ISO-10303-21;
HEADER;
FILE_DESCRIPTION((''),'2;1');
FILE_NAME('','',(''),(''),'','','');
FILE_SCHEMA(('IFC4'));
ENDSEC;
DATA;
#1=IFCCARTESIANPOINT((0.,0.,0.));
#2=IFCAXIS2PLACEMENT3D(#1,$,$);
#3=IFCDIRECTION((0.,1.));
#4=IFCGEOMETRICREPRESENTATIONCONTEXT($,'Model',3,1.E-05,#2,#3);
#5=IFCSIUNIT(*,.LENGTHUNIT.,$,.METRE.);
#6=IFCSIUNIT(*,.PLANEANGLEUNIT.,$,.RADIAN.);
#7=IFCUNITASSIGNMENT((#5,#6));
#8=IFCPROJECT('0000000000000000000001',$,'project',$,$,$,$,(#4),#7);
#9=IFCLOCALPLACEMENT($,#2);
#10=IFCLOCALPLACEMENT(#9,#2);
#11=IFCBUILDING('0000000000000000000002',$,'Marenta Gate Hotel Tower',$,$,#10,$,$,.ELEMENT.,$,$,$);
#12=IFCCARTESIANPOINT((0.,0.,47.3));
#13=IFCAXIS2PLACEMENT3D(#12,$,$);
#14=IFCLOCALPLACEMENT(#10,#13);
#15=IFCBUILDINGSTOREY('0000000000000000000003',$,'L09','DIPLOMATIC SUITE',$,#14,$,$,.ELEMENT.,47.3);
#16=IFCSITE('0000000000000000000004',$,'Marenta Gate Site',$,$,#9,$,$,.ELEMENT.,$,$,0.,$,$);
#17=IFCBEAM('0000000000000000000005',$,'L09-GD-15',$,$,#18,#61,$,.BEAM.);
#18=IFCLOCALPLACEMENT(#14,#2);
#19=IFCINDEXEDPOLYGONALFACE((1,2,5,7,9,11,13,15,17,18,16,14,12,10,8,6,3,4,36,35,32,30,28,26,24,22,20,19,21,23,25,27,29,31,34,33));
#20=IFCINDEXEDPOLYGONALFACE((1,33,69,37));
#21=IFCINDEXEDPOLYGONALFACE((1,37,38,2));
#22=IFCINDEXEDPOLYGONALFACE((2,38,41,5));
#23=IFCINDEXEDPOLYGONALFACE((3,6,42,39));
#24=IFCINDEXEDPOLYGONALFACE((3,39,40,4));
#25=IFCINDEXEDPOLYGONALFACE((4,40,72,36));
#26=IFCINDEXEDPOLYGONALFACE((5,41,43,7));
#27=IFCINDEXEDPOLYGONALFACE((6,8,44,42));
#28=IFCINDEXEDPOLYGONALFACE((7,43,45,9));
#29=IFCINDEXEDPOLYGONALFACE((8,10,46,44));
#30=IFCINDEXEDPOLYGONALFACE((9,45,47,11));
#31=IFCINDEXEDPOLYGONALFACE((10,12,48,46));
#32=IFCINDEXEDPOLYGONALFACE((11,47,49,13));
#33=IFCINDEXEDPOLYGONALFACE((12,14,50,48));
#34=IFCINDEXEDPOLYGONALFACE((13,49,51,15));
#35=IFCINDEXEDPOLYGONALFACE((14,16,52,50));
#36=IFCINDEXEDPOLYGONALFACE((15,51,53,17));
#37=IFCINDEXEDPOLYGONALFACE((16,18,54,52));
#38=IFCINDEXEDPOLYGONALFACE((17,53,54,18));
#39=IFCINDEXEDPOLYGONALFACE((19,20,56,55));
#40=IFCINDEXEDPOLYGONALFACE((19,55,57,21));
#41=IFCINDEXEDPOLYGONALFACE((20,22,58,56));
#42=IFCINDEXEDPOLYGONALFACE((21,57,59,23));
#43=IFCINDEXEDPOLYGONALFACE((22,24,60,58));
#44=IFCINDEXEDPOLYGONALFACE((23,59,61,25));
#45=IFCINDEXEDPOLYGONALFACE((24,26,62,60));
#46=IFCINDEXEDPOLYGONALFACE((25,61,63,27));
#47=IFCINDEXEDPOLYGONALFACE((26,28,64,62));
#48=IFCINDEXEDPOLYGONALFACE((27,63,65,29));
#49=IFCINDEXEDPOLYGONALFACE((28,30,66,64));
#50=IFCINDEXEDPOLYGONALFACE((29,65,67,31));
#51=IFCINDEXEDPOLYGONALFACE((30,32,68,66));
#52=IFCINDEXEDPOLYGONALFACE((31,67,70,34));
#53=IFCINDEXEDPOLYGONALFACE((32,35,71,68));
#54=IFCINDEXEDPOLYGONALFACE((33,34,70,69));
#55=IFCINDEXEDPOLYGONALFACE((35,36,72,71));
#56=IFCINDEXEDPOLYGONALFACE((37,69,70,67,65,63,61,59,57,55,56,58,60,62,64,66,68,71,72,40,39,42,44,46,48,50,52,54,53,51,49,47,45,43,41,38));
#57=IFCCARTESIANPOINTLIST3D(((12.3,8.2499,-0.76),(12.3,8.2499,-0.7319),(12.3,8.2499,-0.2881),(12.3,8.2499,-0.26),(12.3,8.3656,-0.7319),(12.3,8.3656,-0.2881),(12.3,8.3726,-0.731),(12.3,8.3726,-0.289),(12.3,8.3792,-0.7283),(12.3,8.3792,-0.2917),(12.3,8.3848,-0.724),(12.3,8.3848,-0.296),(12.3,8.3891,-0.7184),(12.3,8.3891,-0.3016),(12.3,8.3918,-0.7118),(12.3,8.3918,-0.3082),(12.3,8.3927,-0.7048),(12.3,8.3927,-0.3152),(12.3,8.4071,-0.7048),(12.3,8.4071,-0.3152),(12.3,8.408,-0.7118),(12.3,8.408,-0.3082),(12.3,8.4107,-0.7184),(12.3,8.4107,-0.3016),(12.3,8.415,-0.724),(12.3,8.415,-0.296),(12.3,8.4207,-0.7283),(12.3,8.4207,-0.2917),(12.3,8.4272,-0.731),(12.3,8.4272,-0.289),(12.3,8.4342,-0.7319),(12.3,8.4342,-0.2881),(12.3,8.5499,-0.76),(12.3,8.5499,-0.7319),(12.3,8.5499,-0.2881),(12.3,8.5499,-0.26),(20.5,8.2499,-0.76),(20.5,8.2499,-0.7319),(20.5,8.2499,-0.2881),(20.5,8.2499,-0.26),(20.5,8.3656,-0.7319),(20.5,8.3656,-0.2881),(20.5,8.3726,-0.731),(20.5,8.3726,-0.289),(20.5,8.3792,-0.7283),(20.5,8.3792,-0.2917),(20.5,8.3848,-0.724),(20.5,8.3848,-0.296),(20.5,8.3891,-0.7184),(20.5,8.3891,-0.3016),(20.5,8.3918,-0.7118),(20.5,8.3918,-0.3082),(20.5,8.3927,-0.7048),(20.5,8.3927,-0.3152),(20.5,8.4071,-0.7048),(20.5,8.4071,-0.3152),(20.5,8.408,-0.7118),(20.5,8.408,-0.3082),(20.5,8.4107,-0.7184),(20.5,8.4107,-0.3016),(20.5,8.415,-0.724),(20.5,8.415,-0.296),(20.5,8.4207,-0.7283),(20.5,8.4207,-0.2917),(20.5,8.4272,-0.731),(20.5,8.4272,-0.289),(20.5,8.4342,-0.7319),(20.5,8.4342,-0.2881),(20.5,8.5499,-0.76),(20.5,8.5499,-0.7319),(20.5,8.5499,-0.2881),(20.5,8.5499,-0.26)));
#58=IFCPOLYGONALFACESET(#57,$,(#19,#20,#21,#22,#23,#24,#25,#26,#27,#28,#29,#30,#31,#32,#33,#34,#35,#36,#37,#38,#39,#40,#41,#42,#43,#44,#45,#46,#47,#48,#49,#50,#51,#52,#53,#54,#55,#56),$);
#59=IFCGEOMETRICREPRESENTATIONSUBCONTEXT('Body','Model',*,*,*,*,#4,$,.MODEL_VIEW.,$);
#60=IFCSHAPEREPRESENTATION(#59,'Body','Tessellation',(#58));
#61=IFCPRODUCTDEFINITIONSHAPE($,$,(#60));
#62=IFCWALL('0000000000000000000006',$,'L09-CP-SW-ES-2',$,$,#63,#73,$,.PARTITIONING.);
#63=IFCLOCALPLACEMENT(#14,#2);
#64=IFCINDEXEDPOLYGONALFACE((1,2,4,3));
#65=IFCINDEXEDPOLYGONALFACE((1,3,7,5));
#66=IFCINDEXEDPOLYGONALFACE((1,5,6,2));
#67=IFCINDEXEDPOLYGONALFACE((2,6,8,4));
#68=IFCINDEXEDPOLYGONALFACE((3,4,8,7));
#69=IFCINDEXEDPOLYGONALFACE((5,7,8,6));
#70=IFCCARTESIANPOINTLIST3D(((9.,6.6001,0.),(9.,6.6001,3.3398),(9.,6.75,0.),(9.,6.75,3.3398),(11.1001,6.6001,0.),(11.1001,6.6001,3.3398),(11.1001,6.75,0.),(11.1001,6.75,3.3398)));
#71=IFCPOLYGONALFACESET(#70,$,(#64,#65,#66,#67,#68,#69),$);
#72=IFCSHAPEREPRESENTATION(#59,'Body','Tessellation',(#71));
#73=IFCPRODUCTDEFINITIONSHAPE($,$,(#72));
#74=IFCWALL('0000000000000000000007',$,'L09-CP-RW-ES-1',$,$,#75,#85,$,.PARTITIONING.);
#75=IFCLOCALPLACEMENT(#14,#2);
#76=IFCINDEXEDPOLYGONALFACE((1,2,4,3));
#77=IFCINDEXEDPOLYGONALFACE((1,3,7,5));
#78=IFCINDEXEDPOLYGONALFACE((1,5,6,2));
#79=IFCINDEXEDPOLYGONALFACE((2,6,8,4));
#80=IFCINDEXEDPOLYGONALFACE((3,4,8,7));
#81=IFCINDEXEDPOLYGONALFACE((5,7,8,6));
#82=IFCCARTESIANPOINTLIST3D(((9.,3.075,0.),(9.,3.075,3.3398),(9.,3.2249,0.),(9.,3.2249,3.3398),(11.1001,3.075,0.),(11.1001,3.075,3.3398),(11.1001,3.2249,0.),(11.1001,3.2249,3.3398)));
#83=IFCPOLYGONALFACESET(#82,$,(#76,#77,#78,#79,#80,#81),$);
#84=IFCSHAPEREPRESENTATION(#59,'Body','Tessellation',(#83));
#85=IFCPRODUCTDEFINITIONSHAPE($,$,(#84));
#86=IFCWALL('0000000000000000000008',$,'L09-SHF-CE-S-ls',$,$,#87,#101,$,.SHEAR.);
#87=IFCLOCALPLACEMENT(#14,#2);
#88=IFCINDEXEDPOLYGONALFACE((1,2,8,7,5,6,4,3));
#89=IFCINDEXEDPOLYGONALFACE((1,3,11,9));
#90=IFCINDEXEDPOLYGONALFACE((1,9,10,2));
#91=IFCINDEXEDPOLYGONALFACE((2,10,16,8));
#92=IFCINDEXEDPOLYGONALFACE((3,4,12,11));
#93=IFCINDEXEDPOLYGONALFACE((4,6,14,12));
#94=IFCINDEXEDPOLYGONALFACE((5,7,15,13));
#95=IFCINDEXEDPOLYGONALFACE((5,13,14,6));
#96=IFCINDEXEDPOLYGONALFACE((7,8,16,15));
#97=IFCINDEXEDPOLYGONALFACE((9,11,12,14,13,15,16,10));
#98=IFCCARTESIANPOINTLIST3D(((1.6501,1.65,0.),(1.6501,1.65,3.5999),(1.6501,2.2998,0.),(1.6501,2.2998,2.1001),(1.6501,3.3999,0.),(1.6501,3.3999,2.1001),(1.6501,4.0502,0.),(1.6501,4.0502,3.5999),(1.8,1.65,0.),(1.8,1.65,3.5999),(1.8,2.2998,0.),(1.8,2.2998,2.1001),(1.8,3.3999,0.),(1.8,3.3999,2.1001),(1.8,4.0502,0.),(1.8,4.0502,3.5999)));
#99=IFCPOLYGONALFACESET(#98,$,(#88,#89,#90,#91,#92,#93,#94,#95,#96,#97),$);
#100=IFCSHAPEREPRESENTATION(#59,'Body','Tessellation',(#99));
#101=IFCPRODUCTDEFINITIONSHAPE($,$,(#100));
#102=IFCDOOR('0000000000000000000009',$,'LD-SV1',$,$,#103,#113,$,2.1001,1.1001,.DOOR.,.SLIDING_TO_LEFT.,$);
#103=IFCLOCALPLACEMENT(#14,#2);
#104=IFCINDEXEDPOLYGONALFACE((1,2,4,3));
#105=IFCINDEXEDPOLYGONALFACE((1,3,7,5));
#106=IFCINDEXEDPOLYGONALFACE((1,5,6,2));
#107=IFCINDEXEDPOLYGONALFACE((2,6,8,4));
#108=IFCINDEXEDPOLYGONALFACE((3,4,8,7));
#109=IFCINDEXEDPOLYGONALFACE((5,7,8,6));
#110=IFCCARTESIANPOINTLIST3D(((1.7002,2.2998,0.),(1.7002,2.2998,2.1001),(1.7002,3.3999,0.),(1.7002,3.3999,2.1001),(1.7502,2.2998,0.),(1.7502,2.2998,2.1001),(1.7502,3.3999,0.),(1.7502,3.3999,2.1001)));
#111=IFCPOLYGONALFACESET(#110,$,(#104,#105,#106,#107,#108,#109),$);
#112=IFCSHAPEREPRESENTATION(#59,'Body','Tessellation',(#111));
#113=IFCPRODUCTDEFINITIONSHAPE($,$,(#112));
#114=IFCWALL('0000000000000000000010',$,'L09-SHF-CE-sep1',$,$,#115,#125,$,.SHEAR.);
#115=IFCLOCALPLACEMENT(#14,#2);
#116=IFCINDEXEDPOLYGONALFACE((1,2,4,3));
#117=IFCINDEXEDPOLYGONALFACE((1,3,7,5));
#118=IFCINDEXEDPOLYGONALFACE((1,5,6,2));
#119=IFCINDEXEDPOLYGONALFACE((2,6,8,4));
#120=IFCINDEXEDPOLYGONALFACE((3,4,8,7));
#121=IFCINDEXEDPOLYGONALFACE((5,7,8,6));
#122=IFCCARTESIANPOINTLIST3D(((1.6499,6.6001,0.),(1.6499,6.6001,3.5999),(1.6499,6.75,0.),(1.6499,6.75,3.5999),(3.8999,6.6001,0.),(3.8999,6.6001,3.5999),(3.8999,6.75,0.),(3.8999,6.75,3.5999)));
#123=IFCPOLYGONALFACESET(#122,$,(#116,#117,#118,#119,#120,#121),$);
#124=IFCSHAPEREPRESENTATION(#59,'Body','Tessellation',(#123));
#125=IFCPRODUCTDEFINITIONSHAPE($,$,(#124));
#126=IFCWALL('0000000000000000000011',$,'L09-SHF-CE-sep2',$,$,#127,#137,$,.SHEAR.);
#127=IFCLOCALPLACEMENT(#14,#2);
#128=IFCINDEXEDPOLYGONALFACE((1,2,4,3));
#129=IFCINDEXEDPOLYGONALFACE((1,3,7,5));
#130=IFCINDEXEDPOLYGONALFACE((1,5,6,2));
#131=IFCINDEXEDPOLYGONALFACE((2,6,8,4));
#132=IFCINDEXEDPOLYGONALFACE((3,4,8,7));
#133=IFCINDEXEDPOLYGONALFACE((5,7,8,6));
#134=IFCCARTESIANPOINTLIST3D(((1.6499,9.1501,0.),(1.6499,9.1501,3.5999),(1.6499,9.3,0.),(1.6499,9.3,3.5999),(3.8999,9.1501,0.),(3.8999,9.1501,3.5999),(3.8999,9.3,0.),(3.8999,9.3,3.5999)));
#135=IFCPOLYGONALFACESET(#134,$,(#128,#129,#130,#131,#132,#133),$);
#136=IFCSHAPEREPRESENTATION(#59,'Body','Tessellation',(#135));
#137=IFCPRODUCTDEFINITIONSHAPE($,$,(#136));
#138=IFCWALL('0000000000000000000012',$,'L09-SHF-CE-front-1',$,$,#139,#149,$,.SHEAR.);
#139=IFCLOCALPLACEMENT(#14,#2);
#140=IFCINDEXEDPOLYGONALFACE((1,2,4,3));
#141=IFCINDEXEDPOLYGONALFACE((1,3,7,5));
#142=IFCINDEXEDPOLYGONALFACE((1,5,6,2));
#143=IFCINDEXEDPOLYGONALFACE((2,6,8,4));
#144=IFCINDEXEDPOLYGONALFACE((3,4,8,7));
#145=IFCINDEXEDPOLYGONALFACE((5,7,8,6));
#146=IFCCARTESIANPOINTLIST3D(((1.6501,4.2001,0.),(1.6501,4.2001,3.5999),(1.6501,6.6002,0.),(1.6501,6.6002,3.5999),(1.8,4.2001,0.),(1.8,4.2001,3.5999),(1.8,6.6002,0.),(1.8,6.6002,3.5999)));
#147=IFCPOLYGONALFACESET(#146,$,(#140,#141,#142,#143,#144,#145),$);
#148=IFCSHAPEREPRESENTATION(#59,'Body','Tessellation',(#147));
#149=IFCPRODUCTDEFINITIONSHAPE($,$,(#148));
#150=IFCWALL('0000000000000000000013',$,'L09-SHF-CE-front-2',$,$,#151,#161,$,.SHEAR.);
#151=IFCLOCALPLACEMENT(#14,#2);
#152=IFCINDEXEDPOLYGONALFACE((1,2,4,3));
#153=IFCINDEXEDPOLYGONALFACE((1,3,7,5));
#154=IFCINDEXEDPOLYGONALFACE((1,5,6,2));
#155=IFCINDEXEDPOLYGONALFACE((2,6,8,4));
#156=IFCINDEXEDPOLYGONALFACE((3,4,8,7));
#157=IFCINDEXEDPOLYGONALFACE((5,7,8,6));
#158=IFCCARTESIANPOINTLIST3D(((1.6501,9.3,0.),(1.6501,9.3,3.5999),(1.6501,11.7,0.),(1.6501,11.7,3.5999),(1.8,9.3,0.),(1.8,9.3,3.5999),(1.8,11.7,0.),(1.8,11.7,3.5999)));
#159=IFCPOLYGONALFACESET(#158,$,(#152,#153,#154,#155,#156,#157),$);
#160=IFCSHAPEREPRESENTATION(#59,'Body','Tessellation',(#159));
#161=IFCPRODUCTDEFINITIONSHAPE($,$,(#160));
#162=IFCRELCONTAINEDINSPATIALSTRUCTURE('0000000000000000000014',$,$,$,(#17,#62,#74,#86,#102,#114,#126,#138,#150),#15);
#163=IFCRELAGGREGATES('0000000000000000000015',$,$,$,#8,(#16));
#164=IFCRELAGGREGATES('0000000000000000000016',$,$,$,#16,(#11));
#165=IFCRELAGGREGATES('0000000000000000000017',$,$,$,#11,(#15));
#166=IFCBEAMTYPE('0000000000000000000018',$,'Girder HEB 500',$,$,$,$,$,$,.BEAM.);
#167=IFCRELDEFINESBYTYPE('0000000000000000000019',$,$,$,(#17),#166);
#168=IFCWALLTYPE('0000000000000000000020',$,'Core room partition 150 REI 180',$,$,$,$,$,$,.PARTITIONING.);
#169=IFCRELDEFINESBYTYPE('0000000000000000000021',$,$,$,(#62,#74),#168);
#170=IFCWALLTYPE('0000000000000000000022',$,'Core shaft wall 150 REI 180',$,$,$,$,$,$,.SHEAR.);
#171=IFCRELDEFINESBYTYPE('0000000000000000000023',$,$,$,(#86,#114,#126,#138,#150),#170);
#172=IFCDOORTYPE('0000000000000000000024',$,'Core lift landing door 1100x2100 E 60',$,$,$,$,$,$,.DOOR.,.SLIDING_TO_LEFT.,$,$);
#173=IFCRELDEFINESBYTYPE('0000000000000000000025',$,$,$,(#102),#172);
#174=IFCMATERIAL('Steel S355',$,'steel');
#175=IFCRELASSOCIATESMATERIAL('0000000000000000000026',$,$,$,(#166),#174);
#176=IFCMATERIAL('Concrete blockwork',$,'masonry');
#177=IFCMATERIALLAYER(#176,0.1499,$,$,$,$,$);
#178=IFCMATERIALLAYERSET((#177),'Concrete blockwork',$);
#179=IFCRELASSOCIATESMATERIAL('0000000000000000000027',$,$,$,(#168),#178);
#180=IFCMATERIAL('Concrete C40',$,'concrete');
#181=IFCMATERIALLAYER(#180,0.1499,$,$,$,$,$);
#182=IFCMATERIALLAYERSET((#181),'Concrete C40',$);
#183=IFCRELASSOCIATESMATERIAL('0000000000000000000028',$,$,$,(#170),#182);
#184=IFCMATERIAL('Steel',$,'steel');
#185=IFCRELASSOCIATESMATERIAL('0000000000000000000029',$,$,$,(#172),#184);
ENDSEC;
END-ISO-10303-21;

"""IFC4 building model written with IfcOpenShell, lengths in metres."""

from ifc_helpers import new_model, si_unit, direction, frame, frame_2d, origin, origin_2d, place, context, subcontext, project, spatial, rectangle, i_section, extrude, material, layer, layer_set, material_profile, profile_set, type_object, element, fill, save


model = new_model("IFC4")

# Units and contexts
model_context = context("Model", 3, precision=1e-05, world=origin(), true_north=direction((0.0, 1.0)))
body_context = subcontext(model_context, "Body", "Model", "MODEL_VIEW")
ifc_project = project(units=[si_unit("LENGTHUNIT", "METRE"), si_unit("PLANEANGLEUNIT", "RADIAN")], contexts=[model_context])

# Site, building, storey
site_placement = place(None, origin())
site = spatial("IfcSite", under=ifc_project, at=site_placement, Name="Marenta Gate Site", CompositionType="ELEMENT", RefElevation=0.0)
building_placement = place(site_placement, origin())
building = spatial("IfcBuilding", under=site, at=building_placement, Name="Marenta Gate Hotel Tower", CompositionType="ELEMENT")
storey_placement = place(building_placement, frame((0.0, 0.0, 47.3)))
storey = spatial("IfcBuildingStorey", under=building, at=storey_placement, Name="L09", Description="DIPLOMATIC SUITE", CompositionType="ELEMENT", Elevation=47.3)

# Beam
ifc_material_1 = material(Name="Steel S355", Category="steel")
ifc_material_profile = material_profile(ifc_material_1, i_section(OverallWidth=0.3, OverallDepth=0.5, WebThickness=0.0144, FlangeThickness=0.0281, FilletRadius=0.0271, at=origin_2d()), Name="HEB 500")
ifc_profile_set = profile_set([ifc_material_profile], Name="Steel S355")
beam_type = type_object("IfcBeamType", Name="Girder HEB 500", PredefinedType="BEAM", material=ifc_profile_set)
beam_placement = place(storey_placement, frame((12.3, 8.3999, -0.51), z_axis=(1.0, 0.0, 0.0), x_axis=(0.0, 1.0, 0.0)))
element("IfcBeam", 1, at=beam_placement, inside=storey, type_object=beam_type, Name="L09-GD-15", PredefinedType="BEAM", context=body_context, shape_type="SweptSolid", body=[
    extrude(i_section(OverallWidth=0.3, OverallDepth=0.5, WebThickness=0.0144, FlangeThickness=0.0281, FilletRadius=0.0271, at=origin_2d()), origin(), (0.0, 0.0, 1.0), 8.2),
])

# Walls
ifc_material_2 = material(Name="Concrete blockwork", Category="masonry")
ifc_layer_1 = layer(ifc_material_2, 0.1499)
ifc_layer_set_1 = layer_set([ifc_layer_1], Name="Concrete blockwork")
wall_type_1 = type_object("IfcWallType", Name="Core room partition 150 REI 180", PredefinedType="PARTITIONING", material=ifc_layer_set_1)
for number, where, z_axis, x_axis, name in (
    (2, (9.0, 6.675, 0.0), (0.0, 0.0, 1.0), (1.0, 0.0, 0.0), "L09-CP-SW-ES-2"),
    (3, (9.0, 3.1499, 0.0), (0.0, 0.0, 1.0), (1.0, 0.0, 0.0), "L09-CP-RW-ES-1"),
):
    element("IfcWall", number, at=place(storey_placement, frame(where, z_axis=z_axis, x_axis=x_axis)), inside=storey, type_object=wall_type_1, Name=name, PredefinedType="PARTITIONING", context=body_context, shape_type="SweptSolid", body=[
        extrude(rectangle(XDim=2.1001, YDim=0.1499, at=frame_2d((1.05, 0.0))), origin(), (0.0, 0.0, 1.0), 3.3398),
    ])

# Wall, opening, door
ifc_material_3 = material(Name="Concrete C40", Category="concrete")
ifc_layer_2 = layer(ifc_material_3, 0.1499)
ifc_layer_set_2 = layer_set([ifc_layer_2], Name="Concrete C40")
wall_type_2 = type_object("IfcWallType", Name="Core shaft wall 150 REI 180", PredefinedType="SHEAR", material=ifc_layer_set_2)
wall_1_placement = place(storey_placement, frame((1.7251, 1.6499, 0.0), z_axis=(0.0, 0.0, 1.0), x_axis=(0.0, 1.0, 0.0)))
wall_1 = element("IfcWall", 4, at=wall_1_placement, inside=storey, type_object=wall_type_2, Name="L09-SHF-CE-S-ls", PredefinedType="SHEAR", context=body_context, shape_type="SweptSolid", body=[
    extrude(rectangle(XDim=2.4001, YDim=0.1499, at=frame_2d((1.2002, 0.0))), origin(), (0.0, 0.0, 1.0), 3.5999),
])
opening_1_placement = place(wall_1_placement, frame((0.6499, 0.0, 0.0)))
opening_1 = element("IfcOpeningElement", 5, at=opening_1_placement, cuts=wall_1, PredefinedType="OPENING", context=body_context, shape_type="SweptSolid", body=[
    extrude(rectangle(XDim=1.1001, YDim=2.1001, at=frame_2d((0.55, 1.05))), frame((0.0, 0.075, 0.0), z_axis=(0.0, -1.0, 0.0), x_axis=(1.0, 0.0, 0.0)), (0.0, 0.0, 1.0), 0.1499),
])
ifc_material_4 = material(Name="Steel", Category="steel")
door_type_1 = type_object("IfcDoorType", Name="Core lift landing door 1100x2100 E 60", OperationType="SLIDING_TO_LEFT", PredefinedType="DOOR", material=ifc_material_4)
door_1_placement = place(opening_1_placement, origin())
door_1 = element("IfcDoor", 6, at=door_1_placement, inside=storey, type_object=door_type_1, Name="LD-SV1", OperationType="SLIDING_TO_LEFT", OverallHeight=2.1001, OverallWidth=1.1001, PredefinedType="DOOR", context=body_context, shape_type="SweptSolid", body=[
    extrude(rectangle(XDim=1.1001, YDim=2.1001, at=frame_2d((0.55, 1.05))), frame((0.0, 0.0249, 0.0), z_axis=(0.0, -1.0, 0.0), x_axis=(1.0, 0.0, 0.0)), (0.0, 0.0, 1.0), 0.05),
])
fill(opening_1, door_1)

# Walls
for number, where, z_axis, x_axis, name in (
    (7, (1.6499, 6.675, 0.0), (0.0, 0.0, 1.0), (1.0, 0.0, 0.0), "L09-SHF-CE-sep1"),
    (8, (1.6499, 9.2251, 0.0), (0.0, 0.0, 1.0), (1.0, 0.0, 0.0), "L09-SHF-CE-sep2"),
):
    element("IfcWall", number, at=place(storey_placement, frame(where, z_axis=z_axis, x_axis=x_axis)), inside=storey, type_object=wall_type_2, Name=name, PredefinedType="SHEAR", context=body_context, shape_type="SweptSolid", body=[
        extrude(rectangle(XDim=2.25, YDim=0.1499, at=frame_2d((1.125, 0.0))), origin(), (0.0, 0.0, 1.0), 3.5999),
    ])
wall_2_placement = place(storey_placement, frame((1.7251, 4.2, 0.0), z_axis=(0.0, 0.0, 1.0), x_axis=(0.0, 1.0, 0.0)))
element("IfcWall", 9, at=wall_2_placement, inside=storey, type_object=wall_type_2, Name="L09-SHF-CE-front-1", PredefinedType="SHEAR", context=body_context, shape_type="SweptSolid", body=[
    extrude(rectangle(XDim=2.4001, YDim=0.1499, at=frame_2d((1.2002, 0.0))), origin(), (0.0, 0.0, 1.0), 3.5999),
])
wall_3_placement = place(storey_placement, frame((1.7251, 9.3, 0.0), z_axis=(0.0, 0.0, 1.0), x_axis=(0.0, 1.0, 0.0)))
element("IfcWall", 10, at=wall_3_placement, inside=storey, type_object=wall_type_2, Name="L09-SHF-CE-front-2", PredefinedType="SHEAR", context=body_context, shape_type="SweptSolid", body=[
    extrude(rectangle(XDim=2.3999, YDim=0.1499, at=frame_2d((1.2, 0.0))), origin(), (0.0, 0.0, 1.0), 3.5999),
])

save(model, "model.ifc")
